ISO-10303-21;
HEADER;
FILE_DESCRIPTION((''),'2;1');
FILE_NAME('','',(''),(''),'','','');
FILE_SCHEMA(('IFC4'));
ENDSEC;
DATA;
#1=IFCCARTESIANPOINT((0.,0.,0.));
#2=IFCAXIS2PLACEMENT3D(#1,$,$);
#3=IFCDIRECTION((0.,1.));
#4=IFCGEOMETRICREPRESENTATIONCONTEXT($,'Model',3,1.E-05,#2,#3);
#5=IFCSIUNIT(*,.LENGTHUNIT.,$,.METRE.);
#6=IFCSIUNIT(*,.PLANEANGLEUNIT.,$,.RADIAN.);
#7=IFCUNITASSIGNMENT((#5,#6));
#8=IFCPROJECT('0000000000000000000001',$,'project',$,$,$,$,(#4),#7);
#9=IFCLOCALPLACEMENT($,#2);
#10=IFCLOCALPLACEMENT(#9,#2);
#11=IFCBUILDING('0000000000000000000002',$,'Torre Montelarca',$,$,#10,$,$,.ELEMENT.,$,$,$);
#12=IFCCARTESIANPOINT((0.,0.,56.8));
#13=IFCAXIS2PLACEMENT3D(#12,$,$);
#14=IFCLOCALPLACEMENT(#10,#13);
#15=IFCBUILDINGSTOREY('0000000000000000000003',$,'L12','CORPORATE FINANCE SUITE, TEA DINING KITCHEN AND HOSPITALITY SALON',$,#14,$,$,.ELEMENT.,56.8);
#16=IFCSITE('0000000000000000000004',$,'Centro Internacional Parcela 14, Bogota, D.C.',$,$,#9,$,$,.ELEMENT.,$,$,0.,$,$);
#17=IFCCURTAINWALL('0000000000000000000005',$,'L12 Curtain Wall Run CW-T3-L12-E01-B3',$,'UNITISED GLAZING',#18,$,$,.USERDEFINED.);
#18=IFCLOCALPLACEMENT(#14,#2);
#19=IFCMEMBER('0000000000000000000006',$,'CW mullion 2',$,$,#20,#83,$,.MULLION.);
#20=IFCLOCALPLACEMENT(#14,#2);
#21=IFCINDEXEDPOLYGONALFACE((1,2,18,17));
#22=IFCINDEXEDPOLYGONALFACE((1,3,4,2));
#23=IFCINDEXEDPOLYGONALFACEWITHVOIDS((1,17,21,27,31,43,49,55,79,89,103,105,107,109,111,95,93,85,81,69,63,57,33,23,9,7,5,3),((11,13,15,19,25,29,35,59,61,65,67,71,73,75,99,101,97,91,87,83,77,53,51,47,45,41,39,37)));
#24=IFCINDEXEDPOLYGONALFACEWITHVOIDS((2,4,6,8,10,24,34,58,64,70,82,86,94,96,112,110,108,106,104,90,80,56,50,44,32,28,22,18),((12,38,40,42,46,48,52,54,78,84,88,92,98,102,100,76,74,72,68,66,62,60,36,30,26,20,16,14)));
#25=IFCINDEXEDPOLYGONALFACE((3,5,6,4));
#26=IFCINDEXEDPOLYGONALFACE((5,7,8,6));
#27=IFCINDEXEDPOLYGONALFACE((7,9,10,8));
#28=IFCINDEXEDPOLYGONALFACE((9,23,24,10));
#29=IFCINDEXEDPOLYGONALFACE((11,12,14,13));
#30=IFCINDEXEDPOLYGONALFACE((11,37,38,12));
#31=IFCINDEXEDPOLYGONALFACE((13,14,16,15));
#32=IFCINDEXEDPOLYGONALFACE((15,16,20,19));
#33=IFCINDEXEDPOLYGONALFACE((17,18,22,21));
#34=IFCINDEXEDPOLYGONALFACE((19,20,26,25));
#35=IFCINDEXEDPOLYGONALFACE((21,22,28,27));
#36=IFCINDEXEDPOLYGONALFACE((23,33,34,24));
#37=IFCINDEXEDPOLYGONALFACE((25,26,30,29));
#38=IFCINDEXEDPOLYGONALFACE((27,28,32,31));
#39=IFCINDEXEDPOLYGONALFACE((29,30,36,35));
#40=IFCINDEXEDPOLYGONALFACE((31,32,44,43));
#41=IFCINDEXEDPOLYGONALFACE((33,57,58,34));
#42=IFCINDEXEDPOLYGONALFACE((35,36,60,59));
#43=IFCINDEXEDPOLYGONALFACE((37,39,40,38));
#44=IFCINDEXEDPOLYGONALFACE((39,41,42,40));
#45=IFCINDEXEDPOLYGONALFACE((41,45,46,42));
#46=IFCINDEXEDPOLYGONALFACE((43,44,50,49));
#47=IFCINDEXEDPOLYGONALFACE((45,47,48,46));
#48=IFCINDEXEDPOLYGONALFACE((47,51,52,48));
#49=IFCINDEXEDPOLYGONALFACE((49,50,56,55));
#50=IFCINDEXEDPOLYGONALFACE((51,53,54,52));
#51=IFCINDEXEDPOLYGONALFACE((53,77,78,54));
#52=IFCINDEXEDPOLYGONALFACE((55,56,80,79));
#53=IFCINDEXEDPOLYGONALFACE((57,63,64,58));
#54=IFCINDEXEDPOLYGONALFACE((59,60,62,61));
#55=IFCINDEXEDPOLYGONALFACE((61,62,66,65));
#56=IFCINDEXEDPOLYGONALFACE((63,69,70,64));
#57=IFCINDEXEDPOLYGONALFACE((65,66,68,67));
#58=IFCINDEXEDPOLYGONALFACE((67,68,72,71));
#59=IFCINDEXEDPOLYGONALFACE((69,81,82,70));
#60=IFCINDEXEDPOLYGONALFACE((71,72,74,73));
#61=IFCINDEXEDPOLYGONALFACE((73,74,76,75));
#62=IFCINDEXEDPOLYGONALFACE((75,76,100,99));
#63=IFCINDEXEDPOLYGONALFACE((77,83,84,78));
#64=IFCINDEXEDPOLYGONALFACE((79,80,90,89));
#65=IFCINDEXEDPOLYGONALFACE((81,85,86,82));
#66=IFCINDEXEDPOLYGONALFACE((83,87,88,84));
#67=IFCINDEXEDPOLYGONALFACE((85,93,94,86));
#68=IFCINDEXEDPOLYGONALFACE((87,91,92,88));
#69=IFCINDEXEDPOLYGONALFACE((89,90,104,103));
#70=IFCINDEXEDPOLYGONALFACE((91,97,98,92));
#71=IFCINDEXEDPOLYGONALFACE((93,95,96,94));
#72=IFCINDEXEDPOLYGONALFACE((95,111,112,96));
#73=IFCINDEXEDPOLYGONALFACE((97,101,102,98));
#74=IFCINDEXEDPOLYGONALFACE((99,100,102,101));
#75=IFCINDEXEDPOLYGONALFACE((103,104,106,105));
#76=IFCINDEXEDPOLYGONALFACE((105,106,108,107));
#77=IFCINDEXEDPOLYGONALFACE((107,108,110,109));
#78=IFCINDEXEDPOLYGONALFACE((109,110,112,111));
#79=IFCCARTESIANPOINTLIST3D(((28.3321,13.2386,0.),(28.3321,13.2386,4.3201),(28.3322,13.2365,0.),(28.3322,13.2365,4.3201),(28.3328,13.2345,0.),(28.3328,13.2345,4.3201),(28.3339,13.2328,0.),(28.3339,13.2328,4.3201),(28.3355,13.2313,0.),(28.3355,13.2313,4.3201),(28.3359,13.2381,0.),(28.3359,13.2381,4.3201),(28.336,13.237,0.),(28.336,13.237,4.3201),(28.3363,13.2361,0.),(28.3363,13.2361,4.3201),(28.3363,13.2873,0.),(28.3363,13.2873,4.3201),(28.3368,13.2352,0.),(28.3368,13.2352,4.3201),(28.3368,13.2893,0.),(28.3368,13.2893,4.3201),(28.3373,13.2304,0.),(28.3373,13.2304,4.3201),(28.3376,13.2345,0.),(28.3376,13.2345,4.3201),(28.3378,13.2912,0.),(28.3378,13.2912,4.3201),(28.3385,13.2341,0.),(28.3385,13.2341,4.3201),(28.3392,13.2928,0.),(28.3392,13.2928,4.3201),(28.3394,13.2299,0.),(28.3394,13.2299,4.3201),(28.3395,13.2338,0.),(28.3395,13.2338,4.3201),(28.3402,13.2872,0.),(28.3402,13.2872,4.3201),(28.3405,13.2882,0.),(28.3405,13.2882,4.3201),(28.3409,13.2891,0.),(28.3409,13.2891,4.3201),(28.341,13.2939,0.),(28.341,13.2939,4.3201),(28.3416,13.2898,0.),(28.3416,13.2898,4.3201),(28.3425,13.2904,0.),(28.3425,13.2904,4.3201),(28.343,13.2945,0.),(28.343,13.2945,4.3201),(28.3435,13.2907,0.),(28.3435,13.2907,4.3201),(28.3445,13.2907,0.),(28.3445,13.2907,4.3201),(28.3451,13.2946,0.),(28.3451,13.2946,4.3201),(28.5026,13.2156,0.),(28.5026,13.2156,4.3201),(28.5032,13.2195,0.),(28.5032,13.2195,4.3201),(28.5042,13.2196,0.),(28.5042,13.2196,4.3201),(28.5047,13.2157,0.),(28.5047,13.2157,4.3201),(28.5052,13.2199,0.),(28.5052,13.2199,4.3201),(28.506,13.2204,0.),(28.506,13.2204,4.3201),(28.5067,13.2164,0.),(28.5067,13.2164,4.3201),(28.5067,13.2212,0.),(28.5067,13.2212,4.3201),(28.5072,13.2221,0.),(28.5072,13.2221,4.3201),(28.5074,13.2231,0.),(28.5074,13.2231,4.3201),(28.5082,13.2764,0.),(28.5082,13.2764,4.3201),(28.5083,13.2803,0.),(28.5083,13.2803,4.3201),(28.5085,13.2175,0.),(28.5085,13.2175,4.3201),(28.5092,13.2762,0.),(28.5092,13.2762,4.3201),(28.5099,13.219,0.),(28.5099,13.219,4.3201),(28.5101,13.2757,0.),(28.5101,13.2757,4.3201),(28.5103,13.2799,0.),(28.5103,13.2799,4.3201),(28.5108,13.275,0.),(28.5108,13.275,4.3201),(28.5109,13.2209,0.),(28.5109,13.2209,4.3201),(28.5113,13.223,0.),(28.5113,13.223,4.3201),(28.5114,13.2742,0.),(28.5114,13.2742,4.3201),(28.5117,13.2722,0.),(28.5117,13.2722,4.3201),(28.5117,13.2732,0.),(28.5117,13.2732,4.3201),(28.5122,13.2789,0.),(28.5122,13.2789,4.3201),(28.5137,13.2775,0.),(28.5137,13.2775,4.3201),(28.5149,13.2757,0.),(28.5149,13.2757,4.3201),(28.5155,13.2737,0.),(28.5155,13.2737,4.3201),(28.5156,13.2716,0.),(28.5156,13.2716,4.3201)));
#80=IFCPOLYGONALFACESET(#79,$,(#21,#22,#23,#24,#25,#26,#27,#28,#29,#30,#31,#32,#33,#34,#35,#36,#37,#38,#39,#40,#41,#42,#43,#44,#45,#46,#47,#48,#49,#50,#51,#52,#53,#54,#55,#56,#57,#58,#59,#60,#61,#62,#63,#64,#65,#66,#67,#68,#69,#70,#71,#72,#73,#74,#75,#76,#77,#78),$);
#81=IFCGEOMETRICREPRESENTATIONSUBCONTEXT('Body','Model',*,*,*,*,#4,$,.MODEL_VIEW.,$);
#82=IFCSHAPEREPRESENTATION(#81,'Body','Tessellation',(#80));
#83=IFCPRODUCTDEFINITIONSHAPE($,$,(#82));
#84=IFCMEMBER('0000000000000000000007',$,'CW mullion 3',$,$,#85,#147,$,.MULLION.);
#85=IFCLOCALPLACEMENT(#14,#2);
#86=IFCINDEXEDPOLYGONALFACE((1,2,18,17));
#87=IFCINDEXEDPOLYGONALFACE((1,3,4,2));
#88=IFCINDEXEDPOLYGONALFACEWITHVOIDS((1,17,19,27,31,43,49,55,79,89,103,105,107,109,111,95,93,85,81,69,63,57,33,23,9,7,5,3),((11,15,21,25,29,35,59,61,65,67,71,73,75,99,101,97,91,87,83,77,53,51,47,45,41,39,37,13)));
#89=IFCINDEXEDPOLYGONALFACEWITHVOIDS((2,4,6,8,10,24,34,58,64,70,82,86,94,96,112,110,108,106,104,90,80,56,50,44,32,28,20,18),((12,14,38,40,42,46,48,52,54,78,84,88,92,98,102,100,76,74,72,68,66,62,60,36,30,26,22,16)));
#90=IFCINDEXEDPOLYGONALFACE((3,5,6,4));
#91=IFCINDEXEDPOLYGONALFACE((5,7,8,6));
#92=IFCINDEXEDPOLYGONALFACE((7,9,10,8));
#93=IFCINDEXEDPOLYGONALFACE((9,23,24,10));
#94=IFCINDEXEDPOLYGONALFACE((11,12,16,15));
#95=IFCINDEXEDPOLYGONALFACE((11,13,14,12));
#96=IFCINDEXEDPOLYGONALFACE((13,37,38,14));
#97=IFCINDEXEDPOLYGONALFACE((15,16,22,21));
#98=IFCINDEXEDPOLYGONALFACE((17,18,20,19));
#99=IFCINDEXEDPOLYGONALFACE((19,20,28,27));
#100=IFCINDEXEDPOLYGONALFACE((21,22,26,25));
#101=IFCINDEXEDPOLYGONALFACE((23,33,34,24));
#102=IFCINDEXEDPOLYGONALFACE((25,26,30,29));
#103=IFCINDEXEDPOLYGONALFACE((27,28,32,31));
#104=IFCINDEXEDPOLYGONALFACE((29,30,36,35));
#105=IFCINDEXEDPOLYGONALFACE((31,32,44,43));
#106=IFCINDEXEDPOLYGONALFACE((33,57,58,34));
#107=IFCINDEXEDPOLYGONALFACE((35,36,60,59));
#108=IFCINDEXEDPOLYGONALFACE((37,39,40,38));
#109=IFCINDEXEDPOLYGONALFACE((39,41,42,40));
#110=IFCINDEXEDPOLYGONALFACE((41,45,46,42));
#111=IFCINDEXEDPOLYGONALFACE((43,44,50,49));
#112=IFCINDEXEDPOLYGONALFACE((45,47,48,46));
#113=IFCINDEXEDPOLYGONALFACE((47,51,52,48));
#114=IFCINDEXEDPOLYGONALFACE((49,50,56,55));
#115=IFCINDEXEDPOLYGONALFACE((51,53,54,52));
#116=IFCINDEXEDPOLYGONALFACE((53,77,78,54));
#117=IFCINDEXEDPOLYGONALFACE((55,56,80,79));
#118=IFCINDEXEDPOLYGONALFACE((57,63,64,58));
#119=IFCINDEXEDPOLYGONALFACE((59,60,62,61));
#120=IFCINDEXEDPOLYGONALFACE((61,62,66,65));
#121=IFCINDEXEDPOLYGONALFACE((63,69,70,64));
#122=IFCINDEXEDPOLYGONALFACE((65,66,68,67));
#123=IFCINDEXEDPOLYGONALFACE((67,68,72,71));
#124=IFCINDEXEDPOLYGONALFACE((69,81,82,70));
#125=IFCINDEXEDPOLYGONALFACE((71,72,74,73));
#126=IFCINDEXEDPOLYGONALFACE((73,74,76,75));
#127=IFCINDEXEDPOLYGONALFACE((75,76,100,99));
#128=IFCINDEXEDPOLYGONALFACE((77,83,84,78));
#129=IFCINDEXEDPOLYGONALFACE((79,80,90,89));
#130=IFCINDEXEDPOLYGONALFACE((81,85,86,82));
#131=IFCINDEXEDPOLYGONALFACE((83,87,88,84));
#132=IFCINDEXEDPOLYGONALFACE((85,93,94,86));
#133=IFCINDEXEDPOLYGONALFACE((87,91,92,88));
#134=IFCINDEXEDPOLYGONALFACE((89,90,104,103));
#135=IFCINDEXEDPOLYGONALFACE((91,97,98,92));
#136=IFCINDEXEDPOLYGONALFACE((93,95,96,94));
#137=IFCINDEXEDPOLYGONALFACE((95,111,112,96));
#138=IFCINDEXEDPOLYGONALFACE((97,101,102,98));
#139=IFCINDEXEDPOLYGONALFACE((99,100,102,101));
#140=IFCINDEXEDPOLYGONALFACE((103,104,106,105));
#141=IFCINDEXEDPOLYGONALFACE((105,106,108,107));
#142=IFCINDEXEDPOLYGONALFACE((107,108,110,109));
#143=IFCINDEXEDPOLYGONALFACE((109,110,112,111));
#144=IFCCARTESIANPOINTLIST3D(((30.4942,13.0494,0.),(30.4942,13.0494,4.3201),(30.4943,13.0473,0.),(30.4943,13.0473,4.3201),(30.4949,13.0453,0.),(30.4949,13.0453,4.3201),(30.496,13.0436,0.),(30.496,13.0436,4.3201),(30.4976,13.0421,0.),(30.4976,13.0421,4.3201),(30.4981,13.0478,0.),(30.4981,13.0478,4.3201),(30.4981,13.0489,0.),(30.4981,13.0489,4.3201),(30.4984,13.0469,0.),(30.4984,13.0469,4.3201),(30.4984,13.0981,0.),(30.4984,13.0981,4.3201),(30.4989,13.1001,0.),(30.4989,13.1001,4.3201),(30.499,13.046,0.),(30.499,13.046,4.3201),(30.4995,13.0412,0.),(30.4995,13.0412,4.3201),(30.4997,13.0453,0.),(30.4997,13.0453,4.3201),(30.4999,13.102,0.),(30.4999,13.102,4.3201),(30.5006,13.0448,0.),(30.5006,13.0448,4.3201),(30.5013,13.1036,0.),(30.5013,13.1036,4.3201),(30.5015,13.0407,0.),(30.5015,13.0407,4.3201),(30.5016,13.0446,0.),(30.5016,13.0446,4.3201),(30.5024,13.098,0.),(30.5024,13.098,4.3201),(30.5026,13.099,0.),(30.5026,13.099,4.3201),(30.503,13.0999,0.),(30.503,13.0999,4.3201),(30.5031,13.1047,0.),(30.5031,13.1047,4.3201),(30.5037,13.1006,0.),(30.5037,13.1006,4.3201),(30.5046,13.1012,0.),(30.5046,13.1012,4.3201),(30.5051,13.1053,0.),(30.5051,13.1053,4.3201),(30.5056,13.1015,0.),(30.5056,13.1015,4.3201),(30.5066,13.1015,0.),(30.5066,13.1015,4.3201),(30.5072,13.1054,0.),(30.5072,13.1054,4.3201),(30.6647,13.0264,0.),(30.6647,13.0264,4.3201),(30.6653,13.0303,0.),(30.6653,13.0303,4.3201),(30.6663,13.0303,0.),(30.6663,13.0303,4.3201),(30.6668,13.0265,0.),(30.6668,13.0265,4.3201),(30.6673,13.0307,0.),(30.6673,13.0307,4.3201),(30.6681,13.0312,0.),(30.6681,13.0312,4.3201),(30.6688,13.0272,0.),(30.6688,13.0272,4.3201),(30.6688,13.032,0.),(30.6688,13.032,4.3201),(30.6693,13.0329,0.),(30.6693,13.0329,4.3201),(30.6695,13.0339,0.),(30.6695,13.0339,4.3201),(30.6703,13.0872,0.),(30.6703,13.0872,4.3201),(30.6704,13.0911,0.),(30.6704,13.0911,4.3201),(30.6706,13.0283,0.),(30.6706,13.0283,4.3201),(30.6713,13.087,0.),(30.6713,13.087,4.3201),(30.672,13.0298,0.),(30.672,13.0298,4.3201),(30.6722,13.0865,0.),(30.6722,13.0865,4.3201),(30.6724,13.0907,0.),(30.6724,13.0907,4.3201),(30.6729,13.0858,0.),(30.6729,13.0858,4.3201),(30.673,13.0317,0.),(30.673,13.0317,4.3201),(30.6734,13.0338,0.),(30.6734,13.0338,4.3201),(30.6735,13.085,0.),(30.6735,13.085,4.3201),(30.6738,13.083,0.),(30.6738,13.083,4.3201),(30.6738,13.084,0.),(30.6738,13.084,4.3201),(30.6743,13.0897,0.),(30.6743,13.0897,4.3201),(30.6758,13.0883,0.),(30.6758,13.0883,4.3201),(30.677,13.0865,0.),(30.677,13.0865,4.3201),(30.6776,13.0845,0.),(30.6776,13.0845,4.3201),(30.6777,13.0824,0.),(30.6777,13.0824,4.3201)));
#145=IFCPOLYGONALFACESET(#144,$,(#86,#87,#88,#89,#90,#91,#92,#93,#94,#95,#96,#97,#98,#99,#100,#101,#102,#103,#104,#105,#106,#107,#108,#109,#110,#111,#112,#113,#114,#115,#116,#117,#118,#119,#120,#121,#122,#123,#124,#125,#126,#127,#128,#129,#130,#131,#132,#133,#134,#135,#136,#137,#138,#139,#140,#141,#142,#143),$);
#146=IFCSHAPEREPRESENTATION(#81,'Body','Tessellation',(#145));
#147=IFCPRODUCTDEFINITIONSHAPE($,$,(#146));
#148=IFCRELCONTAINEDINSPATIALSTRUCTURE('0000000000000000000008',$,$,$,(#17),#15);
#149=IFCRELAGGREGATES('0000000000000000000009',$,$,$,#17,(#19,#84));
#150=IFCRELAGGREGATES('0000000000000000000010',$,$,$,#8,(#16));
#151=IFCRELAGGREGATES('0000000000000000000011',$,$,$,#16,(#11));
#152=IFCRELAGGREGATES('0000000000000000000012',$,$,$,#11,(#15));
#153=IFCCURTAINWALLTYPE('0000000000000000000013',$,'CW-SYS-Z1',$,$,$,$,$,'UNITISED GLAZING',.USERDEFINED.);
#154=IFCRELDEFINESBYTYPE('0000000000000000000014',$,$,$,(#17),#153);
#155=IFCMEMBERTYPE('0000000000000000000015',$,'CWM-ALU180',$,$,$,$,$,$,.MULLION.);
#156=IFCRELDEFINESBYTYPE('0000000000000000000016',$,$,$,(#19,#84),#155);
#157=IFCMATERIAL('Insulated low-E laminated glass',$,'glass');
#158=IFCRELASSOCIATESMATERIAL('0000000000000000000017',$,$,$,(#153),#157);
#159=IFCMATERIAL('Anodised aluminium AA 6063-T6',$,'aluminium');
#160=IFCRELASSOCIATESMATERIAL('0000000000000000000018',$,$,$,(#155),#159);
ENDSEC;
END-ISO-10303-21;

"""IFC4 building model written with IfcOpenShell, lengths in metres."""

from ifc_helpers import new_model, si_unit, direction, frame, origin, origin_2d, place, context, subcontext, project, spatial, hollow_rectangle, extrude, source, transform, mapped, material, material_profile, profile_set, type_object, element, aggregate, save


model = new_model("IFC4")

# Units and contexts
model_context = context("Model", 3, precision=1e-05, world=origin(), true_north=direction((0.0, 1.0)))
body_context = subcontext(model_context, "Body", "Model", "MODEL_VIEW")
ifc_project = project(units=[si_unit("LENGTHUNIT", "METRE"), si_unit("PLANEANGLEUNIT", "RADIAN")], contexts=[model_context])

# Site, building, storey
site_placement = place(None, origin())
site = spatial("IfcSite", under=ifc_project, at=site_placement, Name="Centro Internacional Parcela 14, Bogota, D.C.", CompositionType="ELEMENT", RefElevation=0.0)
building_placement = place(site_placement, origin())
building = spatial("IfcBuilding", under=site, at=building_placement, Name="Torre Montelarca", CompositionType="ELEMENT")
storey_placement = place(building_placement, frame((0.0, 0.0, 56.8)))
storey = spatial("IfcBuildingStorey", under=building, at=storey_placement, Name="L12", Description="CORPORATE FINANCE SUITE, TEA DINING KITCHEN AND HOSPITALITY SALON", CompositionType="ELEMENT", Elevation=56.8)

# Shared definitions
ifc_material_1 = material(Name="Insulated low-E laminated glass", Category="glass")
curtain_wall_type = type_object("IfcCurtainWallType", Name="CW-SYS-Z1", ElementType="UNITISED GLAZING", PredefinedType="USERDEFINED", material=ifc_material_1)
ifc_material_2 = material(Name="Anodised aluminium AA 6063-T6", Category="aluminium")
ifc_material_profile_1 = material_profile(ifc_material_2, hollow_rectangle(XDim=0.0649, YDim=0.1799, WallThickness=0.0039, InnerFilletRadius=0.0039, OuterFilletRadius=0.0081, at=origin_2d()), Name="ALU65X180X4", Category="aluminium")
ifc_profile_set_1 = profile_set([ifc_material_profile_1], Name="Anodised aluminium AA 6063-T6")
member_type_1 = type_object("IfcMemberType", Name="CWM-ALU180", PredefinedType="MULLION", material=ifc_profile_set_1)
shared_shape_1 = source(origin(), body_context, "Body", "SweptSolid", [
    extrude(hollow_rectangle(XDim=0.0649, YDim=0.1799, WallThickness=0.0039, InnerFilletRadius=0.0039, OuterFilletRadius=0.0081, at=origin_2d()), origin(), (0.0, 0.0, 1.0), 4.3201),
])

# Curtain wall, members
curtain_wall_1_placement = place(storey_placement, origin())
curtain_wall_1 = element("IfcCurtainWall", 1, at=curtain_wall_1_placement, inside=storey, type_object=curtain_wall_type, Name="L12 Curtain Wall Run CW-T3-L12-E01-B3", ObjectType="UNITISED GLAZING", PredefinedType="USERDEFINED")
member_1_placement = place(storey_placement, frame((28.4238, 13.2551, 0.0), z_axis=(0.0, 0.0, 1.0), x_axis=(0.08716, 0.996194, 0.0)))
member_1 = element("IfcMember", 2, at=member_1_placement, type_object=member_type_1, Name="CW mullion 2", PredefinedType="MULLION", context=body_context, shape_type="MappedRepresentation", body=[
    mapped(shared_shape_1, transform((0.0, 0.0, 0.0), scale=1.0)),
])
member_2_placement = place(storey_placement, frame((30.5859, 13.0659, 0.0), z_axis=(0.0, 0.0, 1.0), x_axis=(0.08716, 0.996194, 0.0)))
member_2 = element("IfcMember", 3, at=member_2_placement, type_object=member_type_1, Name="CW mullion 3", PredefinedType="MULLION", context=body_context, shape_type="MappedRepresentation", body=[
    mapped(shared_shape_1, transform((0.0, 0.0, 0.0), scale=1.0)),
])

aggregate(curtain_wall_1, [member_1, member_2])

save(model, "model.ifc")
